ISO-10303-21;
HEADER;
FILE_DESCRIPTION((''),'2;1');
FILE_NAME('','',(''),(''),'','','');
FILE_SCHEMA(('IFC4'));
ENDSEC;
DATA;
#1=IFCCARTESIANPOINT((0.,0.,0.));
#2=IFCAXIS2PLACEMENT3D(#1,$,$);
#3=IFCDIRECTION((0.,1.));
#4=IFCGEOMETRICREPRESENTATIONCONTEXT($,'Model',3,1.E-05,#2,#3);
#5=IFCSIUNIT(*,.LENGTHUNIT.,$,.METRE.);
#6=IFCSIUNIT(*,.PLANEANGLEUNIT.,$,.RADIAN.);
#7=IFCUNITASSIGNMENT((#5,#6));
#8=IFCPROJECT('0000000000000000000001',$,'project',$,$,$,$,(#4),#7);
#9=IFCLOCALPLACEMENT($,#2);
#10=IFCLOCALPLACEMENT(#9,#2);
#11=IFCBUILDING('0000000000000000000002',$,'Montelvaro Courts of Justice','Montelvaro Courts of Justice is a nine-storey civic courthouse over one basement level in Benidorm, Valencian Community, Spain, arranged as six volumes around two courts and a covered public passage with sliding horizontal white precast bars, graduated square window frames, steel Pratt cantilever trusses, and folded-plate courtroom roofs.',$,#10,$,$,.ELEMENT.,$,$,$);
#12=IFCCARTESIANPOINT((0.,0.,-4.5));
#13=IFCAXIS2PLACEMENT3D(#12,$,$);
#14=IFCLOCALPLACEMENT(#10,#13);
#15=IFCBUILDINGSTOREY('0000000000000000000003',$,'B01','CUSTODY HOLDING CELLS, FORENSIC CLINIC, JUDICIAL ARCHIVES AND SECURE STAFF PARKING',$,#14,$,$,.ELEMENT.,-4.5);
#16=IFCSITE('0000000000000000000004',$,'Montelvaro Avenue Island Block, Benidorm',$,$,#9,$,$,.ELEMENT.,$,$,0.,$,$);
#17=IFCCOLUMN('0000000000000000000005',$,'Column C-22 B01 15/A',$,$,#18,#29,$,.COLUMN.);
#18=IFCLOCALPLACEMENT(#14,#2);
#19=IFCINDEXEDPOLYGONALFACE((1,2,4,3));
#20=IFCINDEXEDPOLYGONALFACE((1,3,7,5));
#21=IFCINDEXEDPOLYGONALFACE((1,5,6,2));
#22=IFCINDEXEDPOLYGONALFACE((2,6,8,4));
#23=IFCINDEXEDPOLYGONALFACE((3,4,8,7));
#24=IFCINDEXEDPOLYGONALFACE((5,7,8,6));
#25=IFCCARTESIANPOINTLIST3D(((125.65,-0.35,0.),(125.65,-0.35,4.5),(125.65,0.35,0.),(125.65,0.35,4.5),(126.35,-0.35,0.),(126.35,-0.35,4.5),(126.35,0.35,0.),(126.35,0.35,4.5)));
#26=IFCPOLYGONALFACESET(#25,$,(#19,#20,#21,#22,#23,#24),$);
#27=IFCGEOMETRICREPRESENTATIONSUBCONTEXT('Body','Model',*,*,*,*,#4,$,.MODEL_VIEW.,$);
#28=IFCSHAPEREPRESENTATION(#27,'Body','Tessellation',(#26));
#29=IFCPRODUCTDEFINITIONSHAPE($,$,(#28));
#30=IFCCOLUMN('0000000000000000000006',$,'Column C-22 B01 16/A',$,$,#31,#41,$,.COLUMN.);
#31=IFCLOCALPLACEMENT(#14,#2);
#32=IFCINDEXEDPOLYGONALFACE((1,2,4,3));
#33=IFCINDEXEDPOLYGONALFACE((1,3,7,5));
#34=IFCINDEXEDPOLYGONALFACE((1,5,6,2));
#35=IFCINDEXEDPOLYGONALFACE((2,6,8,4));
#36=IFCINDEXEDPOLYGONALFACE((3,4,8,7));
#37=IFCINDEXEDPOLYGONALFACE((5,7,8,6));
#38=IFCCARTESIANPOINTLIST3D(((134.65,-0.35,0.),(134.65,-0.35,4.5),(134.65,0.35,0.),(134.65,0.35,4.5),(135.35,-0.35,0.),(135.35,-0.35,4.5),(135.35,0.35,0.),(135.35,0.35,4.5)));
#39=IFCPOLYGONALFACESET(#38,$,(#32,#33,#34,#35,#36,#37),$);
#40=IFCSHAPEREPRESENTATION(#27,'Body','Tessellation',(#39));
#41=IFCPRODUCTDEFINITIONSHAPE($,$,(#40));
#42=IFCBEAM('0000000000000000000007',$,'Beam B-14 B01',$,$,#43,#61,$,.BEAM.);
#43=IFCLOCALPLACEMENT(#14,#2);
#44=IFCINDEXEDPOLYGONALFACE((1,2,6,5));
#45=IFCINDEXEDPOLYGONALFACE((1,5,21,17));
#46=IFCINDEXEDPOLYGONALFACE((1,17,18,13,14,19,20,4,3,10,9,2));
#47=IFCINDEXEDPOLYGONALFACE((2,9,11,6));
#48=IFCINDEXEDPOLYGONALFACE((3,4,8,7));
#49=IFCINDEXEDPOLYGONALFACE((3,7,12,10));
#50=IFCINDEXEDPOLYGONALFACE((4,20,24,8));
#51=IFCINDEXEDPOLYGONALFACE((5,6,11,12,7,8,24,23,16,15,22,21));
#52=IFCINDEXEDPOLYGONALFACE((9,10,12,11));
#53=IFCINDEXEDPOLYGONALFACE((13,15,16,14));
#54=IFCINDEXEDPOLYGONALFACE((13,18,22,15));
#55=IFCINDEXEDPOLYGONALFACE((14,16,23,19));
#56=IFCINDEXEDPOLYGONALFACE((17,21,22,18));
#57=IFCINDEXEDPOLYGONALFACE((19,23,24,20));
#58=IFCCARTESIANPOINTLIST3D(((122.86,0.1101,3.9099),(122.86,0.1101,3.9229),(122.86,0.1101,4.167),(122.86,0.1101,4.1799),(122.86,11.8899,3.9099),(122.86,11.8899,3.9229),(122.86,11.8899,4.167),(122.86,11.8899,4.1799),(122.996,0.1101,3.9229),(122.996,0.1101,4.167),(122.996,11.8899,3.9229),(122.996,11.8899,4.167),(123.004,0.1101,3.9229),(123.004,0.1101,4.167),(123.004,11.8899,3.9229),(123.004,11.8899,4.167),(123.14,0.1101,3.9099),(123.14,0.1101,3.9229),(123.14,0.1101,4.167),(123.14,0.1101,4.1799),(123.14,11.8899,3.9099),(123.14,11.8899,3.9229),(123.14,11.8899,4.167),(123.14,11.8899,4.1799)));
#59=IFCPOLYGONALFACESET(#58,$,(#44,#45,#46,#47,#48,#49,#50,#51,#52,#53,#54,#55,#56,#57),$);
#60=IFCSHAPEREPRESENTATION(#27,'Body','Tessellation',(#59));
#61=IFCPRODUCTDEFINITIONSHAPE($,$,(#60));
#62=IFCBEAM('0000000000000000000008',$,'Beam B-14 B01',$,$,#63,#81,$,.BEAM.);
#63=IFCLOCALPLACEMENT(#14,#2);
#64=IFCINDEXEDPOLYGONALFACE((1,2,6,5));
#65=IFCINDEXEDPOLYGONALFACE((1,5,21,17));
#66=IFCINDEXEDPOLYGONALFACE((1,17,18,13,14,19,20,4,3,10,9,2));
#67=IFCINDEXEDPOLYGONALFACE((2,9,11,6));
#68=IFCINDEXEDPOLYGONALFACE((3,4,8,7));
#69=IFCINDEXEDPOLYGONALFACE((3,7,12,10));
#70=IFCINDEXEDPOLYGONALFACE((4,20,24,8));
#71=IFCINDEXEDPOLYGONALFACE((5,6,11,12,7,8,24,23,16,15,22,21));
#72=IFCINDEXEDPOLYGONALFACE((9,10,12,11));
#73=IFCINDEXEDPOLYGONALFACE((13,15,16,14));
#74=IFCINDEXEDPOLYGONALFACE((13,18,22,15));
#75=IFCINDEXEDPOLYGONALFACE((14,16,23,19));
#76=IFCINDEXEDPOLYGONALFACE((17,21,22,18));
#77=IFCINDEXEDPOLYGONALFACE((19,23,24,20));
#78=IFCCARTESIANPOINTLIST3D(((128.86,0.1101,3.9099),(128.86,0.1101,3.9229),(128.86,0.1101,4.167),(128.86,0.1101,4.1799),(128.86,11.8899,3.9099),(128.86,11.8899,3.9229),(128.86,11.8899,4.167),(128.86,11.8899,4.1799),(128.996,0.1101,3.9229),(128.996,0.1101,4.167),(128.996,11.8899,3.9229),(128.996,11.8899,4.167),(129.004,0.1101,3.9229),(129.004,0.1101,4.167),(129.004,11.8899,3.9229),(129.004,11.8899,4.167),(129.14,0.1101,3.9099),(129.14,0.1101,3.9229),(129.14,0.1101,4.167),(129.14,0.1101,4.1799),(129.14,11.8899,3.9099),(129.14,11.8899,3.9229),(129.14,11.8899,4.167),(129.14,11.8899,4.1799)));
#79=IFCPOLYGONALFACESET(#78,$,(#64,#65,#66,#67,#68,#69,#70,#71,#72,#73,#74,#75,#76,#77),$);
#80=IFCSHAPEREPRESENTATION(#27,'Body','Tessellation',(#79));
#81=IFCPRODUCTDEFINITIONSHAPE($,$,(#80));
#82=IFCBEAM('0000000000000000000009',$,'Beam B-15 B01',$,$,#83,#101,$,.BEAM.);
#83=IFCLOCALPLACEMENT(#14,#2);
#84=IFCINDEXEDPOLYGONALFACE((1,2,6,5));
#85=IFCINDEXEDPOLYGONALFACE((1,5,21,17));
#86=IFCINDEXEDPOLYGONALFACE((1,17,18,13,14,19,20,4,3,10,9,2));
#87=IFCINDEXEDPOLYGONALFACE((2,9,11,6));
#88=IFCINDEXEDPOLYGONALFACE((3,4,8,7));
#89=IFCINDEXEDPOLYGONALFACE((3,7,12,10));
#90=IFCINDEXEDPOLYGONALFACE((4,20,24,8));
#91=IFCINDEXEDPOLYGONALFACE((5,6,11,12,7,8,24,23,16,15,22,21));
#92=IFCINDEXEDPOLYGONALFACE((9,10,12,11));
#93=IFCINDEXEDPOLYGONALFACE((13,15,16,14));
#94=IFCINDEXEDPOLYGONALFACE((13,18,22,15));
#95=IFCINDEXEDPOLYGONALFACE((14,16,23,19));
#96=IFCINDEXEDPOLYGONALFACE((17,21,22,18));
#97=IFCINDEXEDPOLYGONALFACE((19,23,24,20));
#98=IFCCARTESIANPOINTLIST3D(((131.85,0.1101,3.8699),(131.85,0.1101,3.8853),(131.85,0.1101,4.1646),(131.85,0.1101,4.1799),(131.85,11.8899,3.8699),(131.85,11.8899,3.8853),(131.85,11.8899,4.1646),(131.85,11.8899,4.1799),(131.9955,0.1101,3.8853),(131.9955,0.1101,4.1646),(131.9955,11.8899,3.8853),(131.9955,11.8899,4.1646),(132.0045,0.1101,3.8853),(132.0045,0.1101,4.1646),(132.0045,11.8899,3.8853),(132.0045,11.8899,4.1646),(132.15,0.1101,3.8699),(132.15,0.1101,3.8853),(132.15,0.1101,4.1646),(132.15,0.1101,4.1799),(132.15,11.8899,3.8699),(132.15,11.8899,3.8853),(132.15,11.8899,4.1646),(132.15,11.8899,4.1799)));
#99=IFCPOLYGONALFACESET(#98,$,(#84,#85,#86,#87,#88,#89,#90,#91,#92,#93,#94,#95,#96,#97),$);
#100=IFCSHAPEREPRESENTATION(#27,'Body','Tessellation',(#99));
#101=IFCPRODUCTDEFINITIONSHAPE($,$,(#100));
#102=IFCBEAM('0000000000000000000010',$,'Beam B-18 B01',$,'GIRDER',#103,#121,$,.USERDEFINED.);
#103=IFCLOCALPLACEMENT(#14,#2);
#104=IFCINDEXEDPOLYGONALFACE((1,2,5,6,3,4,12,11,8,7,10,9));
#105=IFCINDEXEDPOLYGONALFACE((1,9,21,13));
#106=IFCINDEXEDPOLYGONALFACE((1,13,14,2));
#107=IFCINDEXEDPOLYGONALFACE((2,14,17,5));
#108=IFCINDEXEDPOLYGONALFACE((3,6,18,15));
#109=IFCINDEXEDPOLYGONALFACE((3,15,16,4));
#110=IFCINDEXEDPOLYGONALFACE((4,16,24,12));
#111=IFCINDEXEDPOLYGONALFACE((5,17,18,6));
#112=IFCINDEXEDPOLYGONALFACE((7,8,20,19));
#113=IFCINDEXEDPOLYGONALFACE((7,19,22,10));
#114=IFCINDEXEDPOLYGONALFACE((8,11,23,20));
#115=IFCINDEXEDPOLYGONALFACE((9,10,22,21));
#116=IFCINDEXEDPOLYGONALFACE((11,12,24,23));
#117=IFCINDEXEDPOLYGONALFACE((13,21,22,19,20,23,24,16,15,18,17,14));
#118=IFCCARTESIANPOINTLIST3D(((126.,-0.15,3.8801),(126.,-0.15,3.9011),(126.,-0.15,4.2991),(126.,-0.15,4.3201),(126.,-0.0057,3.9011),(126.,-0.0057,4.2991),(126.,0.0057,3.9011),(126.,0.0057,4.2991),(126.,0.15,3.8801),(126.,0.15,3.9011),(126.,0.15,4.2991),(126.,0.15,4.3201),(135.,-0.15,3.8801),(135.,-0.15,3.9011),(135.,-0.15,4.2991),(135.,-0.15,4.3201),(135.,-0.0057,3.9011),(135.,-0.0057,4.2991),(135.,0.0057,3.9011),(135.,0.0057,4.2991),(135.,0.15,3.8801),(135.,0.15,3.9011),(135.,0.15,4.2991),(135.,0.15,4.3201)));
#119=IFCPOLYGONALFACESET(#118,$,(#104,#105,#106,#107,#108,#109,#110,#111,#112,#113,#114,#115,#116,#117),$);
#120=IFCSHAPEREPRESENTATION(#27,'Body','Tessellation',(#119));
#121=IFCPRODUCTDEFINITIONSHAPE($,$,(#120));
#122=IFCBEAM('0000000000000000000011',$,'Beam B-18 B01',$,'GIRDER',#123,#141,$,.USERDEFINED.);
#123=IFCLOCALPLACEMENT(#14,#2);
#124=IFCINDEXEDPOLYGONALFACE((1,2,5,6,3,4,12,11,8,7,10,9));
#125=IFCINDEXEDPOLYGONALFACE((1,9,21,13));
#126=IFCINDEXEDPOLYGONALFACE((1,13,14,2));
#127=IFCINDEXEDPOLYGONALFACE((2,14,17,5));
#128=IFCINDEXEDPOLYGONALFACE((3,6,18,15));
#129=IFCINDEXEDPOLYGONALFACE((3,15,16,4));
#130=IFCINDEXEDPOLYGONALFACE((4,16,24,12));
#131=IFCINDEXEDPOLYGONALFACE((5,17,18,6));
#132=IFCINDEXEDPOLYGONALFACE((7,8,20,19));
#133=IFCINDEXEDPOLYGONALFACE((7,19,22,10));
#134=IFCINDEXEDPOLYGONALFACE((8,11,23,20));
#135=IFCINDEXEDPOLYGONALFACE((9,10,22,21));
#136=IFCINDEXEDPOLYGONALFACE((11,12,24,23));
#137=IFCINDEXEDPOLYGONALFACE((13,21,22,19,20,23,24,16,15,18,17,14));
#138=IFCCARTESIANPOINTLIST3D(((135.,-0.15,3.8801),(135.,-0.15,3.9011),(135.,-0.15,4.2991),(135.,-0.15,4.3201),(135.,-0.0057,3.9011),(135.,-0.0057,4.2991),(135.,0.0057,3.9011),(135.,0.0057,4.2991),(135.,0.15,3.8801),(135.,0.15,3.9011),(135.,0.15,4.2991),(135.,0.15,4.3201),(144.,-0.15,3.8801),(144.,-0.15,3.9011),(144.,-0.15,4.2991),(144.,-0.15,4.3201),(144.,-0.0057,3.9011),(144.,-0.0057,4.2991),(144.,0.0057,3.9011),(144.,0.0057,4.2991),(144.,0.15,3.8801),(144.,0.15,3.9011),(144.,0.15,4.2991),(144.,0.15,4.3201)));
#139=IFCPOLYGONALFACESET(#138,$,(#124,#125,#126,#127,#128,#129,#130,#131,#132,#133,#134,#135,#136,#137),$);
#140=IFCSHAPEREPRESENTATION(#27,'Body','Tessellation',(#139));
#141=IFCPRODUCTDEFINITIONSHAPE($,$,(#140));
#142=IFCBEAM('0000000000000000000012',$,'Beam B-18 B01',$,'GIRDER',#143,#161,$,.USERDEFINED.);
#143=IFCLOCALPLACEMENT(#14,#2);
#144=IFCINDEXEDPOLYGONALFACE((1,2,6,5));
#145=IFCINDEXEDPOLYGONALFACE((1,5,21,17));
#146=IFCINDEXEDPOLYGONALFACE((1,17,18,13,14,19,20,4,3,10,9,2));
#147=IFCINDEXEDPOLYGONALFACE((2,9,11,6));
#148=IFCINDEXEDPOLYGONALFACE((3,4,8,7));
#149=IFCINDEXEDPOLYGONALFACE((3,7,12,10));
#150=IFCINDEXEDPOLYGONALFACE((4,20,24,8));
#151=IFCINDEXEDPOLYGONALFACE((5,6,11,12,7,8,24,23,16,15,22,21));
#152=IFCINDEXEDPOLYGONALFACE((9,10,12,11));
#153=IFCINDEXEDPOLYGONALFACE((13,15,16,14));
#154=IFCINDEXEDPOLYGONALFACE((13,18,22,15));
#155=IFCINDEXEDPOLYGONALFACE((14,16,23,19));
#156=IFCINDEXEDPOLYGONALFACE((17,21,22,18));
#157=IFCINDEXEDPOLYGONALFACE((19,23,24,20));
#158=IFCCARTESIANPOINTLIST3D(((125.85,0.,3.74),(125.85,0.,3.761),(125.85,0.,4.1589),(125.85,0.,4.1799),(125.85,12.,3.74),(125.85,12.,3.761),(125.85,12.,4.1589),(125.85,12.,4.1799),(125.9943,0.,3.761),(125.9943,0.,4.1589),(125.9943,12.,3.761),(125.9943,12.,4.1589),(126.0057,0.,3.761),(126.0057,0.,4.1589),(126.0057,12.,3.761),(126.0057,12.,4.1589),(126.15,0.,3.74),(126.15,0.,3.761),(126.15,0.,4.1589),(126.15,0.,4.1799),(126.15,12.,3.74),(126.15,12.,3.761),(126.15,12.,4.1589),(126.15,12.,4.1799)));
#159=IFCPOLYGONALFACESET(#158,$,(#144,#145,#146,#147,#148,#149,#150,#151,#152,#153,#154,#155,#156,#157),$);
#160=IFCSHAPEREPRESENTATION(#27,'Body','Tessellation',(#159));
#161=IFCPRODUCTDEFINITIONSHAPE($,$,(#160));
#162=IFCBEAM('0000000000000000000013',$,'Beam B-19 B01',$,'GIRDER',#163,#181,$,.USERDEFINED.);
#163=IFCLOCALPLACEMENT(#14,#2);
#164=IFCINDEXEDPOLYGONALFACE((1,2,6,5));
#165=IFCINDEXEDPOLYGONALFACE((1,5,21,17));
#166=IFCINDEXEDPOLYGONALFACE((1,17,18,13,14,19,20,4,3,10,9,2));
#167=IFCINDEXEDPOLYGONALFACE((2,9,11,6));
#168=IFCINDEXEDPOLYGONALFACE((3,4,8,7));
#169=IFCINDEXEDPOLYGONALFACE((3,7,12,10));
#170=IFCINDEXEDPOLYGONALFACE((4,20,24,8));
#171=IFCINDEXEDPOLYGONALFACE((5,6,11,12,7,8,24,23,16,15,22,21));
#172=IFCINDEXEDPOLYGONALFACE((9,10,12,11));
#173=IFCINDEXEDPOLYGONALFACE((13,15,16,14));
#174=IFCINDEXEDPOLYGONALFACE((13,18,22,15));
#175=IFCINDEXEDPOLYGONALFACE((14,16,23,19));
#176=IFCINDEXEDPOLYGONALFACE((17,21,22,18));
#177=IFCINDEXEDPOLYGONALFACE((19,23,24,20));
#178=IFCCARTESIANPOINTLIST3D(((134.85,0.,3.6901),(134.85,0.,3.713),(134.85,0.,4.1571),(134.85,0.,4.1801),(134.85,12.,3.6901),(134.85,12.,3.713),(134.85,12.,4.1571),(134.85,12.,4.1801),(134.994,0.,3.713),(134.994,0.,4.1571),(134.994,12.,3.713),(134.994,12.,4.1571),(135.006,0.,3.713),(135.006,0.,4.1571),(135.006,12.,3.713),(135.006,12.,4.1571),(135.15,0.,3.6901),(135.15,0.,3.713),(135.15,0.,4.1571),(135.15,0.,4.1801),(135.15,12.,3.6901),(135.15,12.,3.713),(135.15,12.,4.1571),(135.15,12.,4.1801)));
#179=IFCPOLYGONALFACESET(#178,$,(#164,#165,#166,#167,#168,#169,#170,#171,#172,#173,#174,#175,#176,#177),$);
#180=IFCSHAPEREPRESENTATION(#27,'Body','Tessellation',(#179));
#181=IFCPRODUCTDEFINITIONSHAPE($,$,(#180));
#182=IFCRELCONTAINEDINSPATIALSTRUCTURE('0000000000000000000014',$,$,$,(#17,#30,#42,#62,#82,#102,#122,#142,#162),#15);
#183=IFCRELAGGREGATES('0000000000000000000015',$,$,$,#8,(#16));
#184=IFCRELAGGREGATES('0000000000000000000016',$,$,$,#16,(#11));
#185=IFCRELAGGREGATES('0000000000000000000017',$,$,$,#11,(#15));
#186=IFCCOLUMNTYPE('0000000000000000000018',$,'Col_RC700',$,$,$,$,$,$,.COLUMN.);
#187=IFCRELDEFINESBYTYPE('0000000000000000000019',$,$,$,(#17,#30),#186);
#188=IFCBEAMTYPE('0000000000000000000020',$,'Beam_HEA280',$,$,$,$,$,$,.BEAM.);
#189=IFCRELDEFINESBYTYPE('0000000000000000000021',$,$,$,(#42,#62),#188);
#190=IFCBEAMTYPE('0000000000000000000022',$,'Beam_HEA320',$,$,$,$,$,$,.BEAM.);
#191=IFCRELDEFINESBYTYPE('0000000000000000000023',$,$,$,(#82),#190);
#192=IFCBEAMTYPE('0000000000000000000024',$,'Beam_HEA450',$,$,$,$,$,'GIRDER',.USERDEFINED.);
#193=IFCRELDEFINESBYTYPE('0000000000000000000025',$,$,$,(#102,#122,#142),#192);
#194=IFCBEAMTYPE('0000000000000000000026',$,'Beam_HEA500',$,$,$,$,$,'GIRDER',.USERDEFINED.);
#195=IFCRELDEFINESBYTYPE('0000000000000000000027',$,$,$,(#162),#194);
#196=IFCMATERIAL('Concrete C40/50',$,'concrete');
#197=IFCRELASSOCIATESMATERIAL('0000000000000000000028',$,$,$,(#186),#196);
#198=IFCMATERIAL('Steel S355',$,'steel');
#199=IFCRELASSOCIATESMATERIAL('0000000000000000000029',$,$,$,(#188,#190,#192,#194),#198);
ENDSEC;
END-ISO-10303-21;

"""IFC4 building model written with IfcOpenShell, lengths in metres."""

from ifc_helpers import new_model, si_unit, direction, frame, origin, origin_2d, place, context, subcontext, project, spatial, rectangle, i_section, extrude, material, material_profile, profile_set, type_object, element, save


model = new_model("IFC4")

# Units and contexts
model_context = context("Model", 3, precision=1e-05, world=origin(), true_north=direction((0.0, 1.0)))
body_context = subcontext(model_context, "Body", "Model", "MODEL_VIEW")
ifc_project = project(units=[si_unit("LENGTHUNIT", "METRE"), si_unit("PLANEANGLEUNIT", "RADIAN")], contexts=[model_context])

# Site, building, storey
site_placement = place(None, origin())
site = spatial("IfcSite", under=ifc_project, at=site_placement, Name="Montelvaro Avenue Island Block, Benidorm", CompositionType="ELEMENT", RefElevation=0.0)
building_placement = place(site_placement, origin())
building = spatial("IfcBuilding", under=site, at=building_placement, Name="Montelvaro Courts of Justice", Description="Montelvaro Courts of Justice is a nine-storey civic courthouse over one basement level in Benidorm, Valencian Community, Spain, arranged as six volumes around two courts and a covered public passage with sliding horizontal white precast bars, graduated square window frames, steel Pratt cantilever trusses, and folded-plate courtroom roofs.", CompositionType="ELEMENT")
storey_placement = place(building_placement, frame((0.0, 0.0, -4.5)))
storey = spatial("IfcBuildingStorey", under=building, at=storey_placement, Name="B01", Description="CUSTODY HOLDING CELLS, FORENSIC CLINIC, JUDICIAL ARCHIVES AND SECURE STAFF PARKING", CompositionType="ELEMENT", Elevation=-4.5)

# Columns
ifc_material_1 = material(Name="Concrete C40/50", Category="concrete")
ifc_material_profile_1 = material_profile(ifc_material_1, rectangle(XDim=0.7, YDim=0.7, at=origin_2d()), Name="RC 700x700")
ifc_profile_set_1 = profile_set([ifc_material_profile_1], Name="Concrete C40/50")
column_type = type_object("IfcColumnType", Name="Col_RC700", PredefinedType="COLUMN", material=ifc_profile_set_1)
for number, where, z_axis, x_axis, name in (
    (1, (126.0, 0.0, 0.0), (0.0, 0.0, 1.0), (1.0, 0.0, 0.0), "Column C-22 B01 15/A"),
    (2, (135.0, 0.0, 0.0), (0.0, 0.0, 1.0), (1.0, 0.0, 0.0), "Column C-22 B01 16/A"),
):
    element("IfcColumn", number, at=place(storey_placement, frame(where, z_axis=z_axis, x_axis=x_axis)), inside=storey, type_object=column_type, Name=name, PredefinedType="COLUMN", context=body_context, shape_type="SweptSolid", body=[
        extrude(rectangle(XDim=0.7, YDim=0.7, at=origin_2d()), origin(), (0.0, 0.0, 1.0), 4.5),
    ])

# Beams
ifc_material_2 = material(Name="Steel S355", Category="steel")
ifc_material_profile_2 = material_profile(ifc_material_2, i_section(OverallWidth=0.28, OverallDepth=0.27, WebThickness=0.0081, FlangeThickness=0.0129, at=origin_2d()), Name="HEA 280")
ifc_profile_set_2 = profile_set([ifc_material_profile_2], Name="Steel S355")
beam_type_1 = type_object("IfcBeamType", Name="Beam_HEA280", PredefinedType="BEAM", material=ifc_profile_set_2)
for number, where, z_axis, x_axis, name in (
    (3, (123.0, 0.1101, 4.0449), (0.0, 1.0, 0.0), (-1.0, 0.0, 0.0), "Beam B-14 B01"),
    (4, (129.0, 0.1101, 4.0449), (0.0, 1.0, 0.0), (-1.0, 0.0, 0.0), "Beam B-14 B01"),
):
    element("IfcBeam", number, at=place(storey_placement, frame(where, z_axis=z_axis, x_axis=x_axis)), inside=storey, type_object=beam_type_1, Name=name, PredefinedType="BEAM", context=body_context, shape_type="SweptSolid", body=[
        extrude(i_section(OverallWidth=0.28, OverallDepth=0.27, WebThickness=0.0081, FlangeThickness=0.0129, at=origin_2d()), origin(), (0.0, 0.0, 1.0), 11.7798),
    ])
ifc_material_profile_3 = material_profile(ifc_material_2, i_section(OverallWidth=0.3, OverallDepth=0.3101, WebThickness=0.009, FlangeThickness=0.0154, at=origin_2d()), Name="HEA 320")
ifc_profile_set_3 = profile_set([ifc_material_profile_3], Name="Steel S355")
beam_type_2 = type_object("IfcBeamType", Name="Beam_HEA320", PredefinedType="BEAM", material=ifc_profile_set_3)
beam_1_placement = place(storey_placement, frame((132.0, 0.1101, 4.0249), z_axis=(0.0, 1.0, 0.0), x_axis=(-1.0, 0.0, 0.0)))
element("IfcBeam", 5, at=beam_1_placement, inside=storey, type_object=beam_type_2, Name="Beam B-15 B01", PredefinedType="BEAM", context=body_context, shape_type="SweptSolid", body=[
    extrude(i_section(OverallWidth=0.3, OverallDepth=0.3101, WebThickness=0.009, FlangeThickness=0.0154, at=origin_2d()), origin(), (0.0, 0.0, 1.0), 11.7798),
])
ifc_material_profile_4 = material_profile(ifc_material_2, i_section(OverallWidth=0.3, OverallDepth=0.4399, WebThickness=0.0115, FlangeThickness=0.021, at=origin_2d()), Name="HEA 450")
ifc_profile_set_4 = profile_set([ifc_material_profile_4], Name="Steel S355")
beam_type_3 = type_object("IfcBeamType", Name="Beam_HEA450", ElementType="GIRDER", PredefinedType="USERDEFINED", material=ifc_profile_set_4)
for number, where, z_axis, x_axis, name in (
    (6, (126.0, 0.0, 4.1001), (1.0, 0.0, 0.0), (0.0, 1.0, 0.0), "Beam B-18 B01"),
    (7, (135.0, 0.0, 4.1001), (1.0, 0.0, 0.0), (0.0, 1.0, 0.0), "Beam B-18 B01"),
):
    element("IfcBeam", number, at=place(storey_placement, frame(where, z_axis=z_axis, x_axis=x_axis)), inside=storey, type_object=beam_type_3, Name=name, ObjectType="GIRDER", PredefinedType="USERDEFINED", context=body_context, shape_type="SweptSolid", body=[
        extrude(i_section(OverallWidth=0.3, OverallDepth=0.4399, WebThickness=0.0115, FlangeThickness=0.021, at=origin_2d()), origin(), (0.0, 0.0, 1.0), 9.0),
    ])
beam_2_placement = place(storey_placement, frame((126.0, 0.0, 3.96), z_axis=(0.0, 1.0, 0.0), x_axis=(-1.0, 0.0, 0.0)))
element("IfcBeam", 8, at=beam_2_placement, inside=storey, type_object=beam_type_3, Name="Beam B-18 B01", ObjectType="GIRDER", PredefinedType="USERDEFINED", context=body_context, shape_type="SweptSolid", body=[
    extrude(i_section(OverallWidth=0.3, OverallDepth=0.4399, WebThickness=0.0115, FlangeThickness=0.021, at=origin_2d()), origin(), (0.0, 0.0, 1.0), 12.0),
])
ifc_material_profile_5 = material_profile(ifc_material_2, i_section(OverallWidth=0.3, OverallDepth=0.49, WebThickness=0.012, FlangeThickness=0.0229, at=origin_2d()), Name="HEA 500")
ifc_profile_set_5 = profile_set([ifc_material_profile_5], Name="Steel S355")
beam_type_4 = type_object("IfcBeamType", Name="Beam_HEA500", ElementType="GIRDER", PredefinedType="USERDEFINED", material=ifc_profile_set_5)
beam_3_placement = place(storey_placement, frame((135.0, 0.0, 3.9351), z_axis=(0.0, 1.0, 0.0), x_axis=(-1.0, 0.0, 0.0)))
element("IfcBeam", 9, at=beam_3_placement, inside=storey, type_object=beam_type_4, Name="Beam B-19 B01", ObjectType="GIRDER", PredefinedType="USERDEFINED", context=body_context, shape_type="SweptSolid", body=[
    extrude(i_section(OverallWidth=0.3, OverallDepth=0.49, WebThickness=0.012, FlangeThickness=0.0229, at=origin_2d()), origin(), (0.0, 0.0, 1.0), 12.0),
])

save(model, "model.ifc")
